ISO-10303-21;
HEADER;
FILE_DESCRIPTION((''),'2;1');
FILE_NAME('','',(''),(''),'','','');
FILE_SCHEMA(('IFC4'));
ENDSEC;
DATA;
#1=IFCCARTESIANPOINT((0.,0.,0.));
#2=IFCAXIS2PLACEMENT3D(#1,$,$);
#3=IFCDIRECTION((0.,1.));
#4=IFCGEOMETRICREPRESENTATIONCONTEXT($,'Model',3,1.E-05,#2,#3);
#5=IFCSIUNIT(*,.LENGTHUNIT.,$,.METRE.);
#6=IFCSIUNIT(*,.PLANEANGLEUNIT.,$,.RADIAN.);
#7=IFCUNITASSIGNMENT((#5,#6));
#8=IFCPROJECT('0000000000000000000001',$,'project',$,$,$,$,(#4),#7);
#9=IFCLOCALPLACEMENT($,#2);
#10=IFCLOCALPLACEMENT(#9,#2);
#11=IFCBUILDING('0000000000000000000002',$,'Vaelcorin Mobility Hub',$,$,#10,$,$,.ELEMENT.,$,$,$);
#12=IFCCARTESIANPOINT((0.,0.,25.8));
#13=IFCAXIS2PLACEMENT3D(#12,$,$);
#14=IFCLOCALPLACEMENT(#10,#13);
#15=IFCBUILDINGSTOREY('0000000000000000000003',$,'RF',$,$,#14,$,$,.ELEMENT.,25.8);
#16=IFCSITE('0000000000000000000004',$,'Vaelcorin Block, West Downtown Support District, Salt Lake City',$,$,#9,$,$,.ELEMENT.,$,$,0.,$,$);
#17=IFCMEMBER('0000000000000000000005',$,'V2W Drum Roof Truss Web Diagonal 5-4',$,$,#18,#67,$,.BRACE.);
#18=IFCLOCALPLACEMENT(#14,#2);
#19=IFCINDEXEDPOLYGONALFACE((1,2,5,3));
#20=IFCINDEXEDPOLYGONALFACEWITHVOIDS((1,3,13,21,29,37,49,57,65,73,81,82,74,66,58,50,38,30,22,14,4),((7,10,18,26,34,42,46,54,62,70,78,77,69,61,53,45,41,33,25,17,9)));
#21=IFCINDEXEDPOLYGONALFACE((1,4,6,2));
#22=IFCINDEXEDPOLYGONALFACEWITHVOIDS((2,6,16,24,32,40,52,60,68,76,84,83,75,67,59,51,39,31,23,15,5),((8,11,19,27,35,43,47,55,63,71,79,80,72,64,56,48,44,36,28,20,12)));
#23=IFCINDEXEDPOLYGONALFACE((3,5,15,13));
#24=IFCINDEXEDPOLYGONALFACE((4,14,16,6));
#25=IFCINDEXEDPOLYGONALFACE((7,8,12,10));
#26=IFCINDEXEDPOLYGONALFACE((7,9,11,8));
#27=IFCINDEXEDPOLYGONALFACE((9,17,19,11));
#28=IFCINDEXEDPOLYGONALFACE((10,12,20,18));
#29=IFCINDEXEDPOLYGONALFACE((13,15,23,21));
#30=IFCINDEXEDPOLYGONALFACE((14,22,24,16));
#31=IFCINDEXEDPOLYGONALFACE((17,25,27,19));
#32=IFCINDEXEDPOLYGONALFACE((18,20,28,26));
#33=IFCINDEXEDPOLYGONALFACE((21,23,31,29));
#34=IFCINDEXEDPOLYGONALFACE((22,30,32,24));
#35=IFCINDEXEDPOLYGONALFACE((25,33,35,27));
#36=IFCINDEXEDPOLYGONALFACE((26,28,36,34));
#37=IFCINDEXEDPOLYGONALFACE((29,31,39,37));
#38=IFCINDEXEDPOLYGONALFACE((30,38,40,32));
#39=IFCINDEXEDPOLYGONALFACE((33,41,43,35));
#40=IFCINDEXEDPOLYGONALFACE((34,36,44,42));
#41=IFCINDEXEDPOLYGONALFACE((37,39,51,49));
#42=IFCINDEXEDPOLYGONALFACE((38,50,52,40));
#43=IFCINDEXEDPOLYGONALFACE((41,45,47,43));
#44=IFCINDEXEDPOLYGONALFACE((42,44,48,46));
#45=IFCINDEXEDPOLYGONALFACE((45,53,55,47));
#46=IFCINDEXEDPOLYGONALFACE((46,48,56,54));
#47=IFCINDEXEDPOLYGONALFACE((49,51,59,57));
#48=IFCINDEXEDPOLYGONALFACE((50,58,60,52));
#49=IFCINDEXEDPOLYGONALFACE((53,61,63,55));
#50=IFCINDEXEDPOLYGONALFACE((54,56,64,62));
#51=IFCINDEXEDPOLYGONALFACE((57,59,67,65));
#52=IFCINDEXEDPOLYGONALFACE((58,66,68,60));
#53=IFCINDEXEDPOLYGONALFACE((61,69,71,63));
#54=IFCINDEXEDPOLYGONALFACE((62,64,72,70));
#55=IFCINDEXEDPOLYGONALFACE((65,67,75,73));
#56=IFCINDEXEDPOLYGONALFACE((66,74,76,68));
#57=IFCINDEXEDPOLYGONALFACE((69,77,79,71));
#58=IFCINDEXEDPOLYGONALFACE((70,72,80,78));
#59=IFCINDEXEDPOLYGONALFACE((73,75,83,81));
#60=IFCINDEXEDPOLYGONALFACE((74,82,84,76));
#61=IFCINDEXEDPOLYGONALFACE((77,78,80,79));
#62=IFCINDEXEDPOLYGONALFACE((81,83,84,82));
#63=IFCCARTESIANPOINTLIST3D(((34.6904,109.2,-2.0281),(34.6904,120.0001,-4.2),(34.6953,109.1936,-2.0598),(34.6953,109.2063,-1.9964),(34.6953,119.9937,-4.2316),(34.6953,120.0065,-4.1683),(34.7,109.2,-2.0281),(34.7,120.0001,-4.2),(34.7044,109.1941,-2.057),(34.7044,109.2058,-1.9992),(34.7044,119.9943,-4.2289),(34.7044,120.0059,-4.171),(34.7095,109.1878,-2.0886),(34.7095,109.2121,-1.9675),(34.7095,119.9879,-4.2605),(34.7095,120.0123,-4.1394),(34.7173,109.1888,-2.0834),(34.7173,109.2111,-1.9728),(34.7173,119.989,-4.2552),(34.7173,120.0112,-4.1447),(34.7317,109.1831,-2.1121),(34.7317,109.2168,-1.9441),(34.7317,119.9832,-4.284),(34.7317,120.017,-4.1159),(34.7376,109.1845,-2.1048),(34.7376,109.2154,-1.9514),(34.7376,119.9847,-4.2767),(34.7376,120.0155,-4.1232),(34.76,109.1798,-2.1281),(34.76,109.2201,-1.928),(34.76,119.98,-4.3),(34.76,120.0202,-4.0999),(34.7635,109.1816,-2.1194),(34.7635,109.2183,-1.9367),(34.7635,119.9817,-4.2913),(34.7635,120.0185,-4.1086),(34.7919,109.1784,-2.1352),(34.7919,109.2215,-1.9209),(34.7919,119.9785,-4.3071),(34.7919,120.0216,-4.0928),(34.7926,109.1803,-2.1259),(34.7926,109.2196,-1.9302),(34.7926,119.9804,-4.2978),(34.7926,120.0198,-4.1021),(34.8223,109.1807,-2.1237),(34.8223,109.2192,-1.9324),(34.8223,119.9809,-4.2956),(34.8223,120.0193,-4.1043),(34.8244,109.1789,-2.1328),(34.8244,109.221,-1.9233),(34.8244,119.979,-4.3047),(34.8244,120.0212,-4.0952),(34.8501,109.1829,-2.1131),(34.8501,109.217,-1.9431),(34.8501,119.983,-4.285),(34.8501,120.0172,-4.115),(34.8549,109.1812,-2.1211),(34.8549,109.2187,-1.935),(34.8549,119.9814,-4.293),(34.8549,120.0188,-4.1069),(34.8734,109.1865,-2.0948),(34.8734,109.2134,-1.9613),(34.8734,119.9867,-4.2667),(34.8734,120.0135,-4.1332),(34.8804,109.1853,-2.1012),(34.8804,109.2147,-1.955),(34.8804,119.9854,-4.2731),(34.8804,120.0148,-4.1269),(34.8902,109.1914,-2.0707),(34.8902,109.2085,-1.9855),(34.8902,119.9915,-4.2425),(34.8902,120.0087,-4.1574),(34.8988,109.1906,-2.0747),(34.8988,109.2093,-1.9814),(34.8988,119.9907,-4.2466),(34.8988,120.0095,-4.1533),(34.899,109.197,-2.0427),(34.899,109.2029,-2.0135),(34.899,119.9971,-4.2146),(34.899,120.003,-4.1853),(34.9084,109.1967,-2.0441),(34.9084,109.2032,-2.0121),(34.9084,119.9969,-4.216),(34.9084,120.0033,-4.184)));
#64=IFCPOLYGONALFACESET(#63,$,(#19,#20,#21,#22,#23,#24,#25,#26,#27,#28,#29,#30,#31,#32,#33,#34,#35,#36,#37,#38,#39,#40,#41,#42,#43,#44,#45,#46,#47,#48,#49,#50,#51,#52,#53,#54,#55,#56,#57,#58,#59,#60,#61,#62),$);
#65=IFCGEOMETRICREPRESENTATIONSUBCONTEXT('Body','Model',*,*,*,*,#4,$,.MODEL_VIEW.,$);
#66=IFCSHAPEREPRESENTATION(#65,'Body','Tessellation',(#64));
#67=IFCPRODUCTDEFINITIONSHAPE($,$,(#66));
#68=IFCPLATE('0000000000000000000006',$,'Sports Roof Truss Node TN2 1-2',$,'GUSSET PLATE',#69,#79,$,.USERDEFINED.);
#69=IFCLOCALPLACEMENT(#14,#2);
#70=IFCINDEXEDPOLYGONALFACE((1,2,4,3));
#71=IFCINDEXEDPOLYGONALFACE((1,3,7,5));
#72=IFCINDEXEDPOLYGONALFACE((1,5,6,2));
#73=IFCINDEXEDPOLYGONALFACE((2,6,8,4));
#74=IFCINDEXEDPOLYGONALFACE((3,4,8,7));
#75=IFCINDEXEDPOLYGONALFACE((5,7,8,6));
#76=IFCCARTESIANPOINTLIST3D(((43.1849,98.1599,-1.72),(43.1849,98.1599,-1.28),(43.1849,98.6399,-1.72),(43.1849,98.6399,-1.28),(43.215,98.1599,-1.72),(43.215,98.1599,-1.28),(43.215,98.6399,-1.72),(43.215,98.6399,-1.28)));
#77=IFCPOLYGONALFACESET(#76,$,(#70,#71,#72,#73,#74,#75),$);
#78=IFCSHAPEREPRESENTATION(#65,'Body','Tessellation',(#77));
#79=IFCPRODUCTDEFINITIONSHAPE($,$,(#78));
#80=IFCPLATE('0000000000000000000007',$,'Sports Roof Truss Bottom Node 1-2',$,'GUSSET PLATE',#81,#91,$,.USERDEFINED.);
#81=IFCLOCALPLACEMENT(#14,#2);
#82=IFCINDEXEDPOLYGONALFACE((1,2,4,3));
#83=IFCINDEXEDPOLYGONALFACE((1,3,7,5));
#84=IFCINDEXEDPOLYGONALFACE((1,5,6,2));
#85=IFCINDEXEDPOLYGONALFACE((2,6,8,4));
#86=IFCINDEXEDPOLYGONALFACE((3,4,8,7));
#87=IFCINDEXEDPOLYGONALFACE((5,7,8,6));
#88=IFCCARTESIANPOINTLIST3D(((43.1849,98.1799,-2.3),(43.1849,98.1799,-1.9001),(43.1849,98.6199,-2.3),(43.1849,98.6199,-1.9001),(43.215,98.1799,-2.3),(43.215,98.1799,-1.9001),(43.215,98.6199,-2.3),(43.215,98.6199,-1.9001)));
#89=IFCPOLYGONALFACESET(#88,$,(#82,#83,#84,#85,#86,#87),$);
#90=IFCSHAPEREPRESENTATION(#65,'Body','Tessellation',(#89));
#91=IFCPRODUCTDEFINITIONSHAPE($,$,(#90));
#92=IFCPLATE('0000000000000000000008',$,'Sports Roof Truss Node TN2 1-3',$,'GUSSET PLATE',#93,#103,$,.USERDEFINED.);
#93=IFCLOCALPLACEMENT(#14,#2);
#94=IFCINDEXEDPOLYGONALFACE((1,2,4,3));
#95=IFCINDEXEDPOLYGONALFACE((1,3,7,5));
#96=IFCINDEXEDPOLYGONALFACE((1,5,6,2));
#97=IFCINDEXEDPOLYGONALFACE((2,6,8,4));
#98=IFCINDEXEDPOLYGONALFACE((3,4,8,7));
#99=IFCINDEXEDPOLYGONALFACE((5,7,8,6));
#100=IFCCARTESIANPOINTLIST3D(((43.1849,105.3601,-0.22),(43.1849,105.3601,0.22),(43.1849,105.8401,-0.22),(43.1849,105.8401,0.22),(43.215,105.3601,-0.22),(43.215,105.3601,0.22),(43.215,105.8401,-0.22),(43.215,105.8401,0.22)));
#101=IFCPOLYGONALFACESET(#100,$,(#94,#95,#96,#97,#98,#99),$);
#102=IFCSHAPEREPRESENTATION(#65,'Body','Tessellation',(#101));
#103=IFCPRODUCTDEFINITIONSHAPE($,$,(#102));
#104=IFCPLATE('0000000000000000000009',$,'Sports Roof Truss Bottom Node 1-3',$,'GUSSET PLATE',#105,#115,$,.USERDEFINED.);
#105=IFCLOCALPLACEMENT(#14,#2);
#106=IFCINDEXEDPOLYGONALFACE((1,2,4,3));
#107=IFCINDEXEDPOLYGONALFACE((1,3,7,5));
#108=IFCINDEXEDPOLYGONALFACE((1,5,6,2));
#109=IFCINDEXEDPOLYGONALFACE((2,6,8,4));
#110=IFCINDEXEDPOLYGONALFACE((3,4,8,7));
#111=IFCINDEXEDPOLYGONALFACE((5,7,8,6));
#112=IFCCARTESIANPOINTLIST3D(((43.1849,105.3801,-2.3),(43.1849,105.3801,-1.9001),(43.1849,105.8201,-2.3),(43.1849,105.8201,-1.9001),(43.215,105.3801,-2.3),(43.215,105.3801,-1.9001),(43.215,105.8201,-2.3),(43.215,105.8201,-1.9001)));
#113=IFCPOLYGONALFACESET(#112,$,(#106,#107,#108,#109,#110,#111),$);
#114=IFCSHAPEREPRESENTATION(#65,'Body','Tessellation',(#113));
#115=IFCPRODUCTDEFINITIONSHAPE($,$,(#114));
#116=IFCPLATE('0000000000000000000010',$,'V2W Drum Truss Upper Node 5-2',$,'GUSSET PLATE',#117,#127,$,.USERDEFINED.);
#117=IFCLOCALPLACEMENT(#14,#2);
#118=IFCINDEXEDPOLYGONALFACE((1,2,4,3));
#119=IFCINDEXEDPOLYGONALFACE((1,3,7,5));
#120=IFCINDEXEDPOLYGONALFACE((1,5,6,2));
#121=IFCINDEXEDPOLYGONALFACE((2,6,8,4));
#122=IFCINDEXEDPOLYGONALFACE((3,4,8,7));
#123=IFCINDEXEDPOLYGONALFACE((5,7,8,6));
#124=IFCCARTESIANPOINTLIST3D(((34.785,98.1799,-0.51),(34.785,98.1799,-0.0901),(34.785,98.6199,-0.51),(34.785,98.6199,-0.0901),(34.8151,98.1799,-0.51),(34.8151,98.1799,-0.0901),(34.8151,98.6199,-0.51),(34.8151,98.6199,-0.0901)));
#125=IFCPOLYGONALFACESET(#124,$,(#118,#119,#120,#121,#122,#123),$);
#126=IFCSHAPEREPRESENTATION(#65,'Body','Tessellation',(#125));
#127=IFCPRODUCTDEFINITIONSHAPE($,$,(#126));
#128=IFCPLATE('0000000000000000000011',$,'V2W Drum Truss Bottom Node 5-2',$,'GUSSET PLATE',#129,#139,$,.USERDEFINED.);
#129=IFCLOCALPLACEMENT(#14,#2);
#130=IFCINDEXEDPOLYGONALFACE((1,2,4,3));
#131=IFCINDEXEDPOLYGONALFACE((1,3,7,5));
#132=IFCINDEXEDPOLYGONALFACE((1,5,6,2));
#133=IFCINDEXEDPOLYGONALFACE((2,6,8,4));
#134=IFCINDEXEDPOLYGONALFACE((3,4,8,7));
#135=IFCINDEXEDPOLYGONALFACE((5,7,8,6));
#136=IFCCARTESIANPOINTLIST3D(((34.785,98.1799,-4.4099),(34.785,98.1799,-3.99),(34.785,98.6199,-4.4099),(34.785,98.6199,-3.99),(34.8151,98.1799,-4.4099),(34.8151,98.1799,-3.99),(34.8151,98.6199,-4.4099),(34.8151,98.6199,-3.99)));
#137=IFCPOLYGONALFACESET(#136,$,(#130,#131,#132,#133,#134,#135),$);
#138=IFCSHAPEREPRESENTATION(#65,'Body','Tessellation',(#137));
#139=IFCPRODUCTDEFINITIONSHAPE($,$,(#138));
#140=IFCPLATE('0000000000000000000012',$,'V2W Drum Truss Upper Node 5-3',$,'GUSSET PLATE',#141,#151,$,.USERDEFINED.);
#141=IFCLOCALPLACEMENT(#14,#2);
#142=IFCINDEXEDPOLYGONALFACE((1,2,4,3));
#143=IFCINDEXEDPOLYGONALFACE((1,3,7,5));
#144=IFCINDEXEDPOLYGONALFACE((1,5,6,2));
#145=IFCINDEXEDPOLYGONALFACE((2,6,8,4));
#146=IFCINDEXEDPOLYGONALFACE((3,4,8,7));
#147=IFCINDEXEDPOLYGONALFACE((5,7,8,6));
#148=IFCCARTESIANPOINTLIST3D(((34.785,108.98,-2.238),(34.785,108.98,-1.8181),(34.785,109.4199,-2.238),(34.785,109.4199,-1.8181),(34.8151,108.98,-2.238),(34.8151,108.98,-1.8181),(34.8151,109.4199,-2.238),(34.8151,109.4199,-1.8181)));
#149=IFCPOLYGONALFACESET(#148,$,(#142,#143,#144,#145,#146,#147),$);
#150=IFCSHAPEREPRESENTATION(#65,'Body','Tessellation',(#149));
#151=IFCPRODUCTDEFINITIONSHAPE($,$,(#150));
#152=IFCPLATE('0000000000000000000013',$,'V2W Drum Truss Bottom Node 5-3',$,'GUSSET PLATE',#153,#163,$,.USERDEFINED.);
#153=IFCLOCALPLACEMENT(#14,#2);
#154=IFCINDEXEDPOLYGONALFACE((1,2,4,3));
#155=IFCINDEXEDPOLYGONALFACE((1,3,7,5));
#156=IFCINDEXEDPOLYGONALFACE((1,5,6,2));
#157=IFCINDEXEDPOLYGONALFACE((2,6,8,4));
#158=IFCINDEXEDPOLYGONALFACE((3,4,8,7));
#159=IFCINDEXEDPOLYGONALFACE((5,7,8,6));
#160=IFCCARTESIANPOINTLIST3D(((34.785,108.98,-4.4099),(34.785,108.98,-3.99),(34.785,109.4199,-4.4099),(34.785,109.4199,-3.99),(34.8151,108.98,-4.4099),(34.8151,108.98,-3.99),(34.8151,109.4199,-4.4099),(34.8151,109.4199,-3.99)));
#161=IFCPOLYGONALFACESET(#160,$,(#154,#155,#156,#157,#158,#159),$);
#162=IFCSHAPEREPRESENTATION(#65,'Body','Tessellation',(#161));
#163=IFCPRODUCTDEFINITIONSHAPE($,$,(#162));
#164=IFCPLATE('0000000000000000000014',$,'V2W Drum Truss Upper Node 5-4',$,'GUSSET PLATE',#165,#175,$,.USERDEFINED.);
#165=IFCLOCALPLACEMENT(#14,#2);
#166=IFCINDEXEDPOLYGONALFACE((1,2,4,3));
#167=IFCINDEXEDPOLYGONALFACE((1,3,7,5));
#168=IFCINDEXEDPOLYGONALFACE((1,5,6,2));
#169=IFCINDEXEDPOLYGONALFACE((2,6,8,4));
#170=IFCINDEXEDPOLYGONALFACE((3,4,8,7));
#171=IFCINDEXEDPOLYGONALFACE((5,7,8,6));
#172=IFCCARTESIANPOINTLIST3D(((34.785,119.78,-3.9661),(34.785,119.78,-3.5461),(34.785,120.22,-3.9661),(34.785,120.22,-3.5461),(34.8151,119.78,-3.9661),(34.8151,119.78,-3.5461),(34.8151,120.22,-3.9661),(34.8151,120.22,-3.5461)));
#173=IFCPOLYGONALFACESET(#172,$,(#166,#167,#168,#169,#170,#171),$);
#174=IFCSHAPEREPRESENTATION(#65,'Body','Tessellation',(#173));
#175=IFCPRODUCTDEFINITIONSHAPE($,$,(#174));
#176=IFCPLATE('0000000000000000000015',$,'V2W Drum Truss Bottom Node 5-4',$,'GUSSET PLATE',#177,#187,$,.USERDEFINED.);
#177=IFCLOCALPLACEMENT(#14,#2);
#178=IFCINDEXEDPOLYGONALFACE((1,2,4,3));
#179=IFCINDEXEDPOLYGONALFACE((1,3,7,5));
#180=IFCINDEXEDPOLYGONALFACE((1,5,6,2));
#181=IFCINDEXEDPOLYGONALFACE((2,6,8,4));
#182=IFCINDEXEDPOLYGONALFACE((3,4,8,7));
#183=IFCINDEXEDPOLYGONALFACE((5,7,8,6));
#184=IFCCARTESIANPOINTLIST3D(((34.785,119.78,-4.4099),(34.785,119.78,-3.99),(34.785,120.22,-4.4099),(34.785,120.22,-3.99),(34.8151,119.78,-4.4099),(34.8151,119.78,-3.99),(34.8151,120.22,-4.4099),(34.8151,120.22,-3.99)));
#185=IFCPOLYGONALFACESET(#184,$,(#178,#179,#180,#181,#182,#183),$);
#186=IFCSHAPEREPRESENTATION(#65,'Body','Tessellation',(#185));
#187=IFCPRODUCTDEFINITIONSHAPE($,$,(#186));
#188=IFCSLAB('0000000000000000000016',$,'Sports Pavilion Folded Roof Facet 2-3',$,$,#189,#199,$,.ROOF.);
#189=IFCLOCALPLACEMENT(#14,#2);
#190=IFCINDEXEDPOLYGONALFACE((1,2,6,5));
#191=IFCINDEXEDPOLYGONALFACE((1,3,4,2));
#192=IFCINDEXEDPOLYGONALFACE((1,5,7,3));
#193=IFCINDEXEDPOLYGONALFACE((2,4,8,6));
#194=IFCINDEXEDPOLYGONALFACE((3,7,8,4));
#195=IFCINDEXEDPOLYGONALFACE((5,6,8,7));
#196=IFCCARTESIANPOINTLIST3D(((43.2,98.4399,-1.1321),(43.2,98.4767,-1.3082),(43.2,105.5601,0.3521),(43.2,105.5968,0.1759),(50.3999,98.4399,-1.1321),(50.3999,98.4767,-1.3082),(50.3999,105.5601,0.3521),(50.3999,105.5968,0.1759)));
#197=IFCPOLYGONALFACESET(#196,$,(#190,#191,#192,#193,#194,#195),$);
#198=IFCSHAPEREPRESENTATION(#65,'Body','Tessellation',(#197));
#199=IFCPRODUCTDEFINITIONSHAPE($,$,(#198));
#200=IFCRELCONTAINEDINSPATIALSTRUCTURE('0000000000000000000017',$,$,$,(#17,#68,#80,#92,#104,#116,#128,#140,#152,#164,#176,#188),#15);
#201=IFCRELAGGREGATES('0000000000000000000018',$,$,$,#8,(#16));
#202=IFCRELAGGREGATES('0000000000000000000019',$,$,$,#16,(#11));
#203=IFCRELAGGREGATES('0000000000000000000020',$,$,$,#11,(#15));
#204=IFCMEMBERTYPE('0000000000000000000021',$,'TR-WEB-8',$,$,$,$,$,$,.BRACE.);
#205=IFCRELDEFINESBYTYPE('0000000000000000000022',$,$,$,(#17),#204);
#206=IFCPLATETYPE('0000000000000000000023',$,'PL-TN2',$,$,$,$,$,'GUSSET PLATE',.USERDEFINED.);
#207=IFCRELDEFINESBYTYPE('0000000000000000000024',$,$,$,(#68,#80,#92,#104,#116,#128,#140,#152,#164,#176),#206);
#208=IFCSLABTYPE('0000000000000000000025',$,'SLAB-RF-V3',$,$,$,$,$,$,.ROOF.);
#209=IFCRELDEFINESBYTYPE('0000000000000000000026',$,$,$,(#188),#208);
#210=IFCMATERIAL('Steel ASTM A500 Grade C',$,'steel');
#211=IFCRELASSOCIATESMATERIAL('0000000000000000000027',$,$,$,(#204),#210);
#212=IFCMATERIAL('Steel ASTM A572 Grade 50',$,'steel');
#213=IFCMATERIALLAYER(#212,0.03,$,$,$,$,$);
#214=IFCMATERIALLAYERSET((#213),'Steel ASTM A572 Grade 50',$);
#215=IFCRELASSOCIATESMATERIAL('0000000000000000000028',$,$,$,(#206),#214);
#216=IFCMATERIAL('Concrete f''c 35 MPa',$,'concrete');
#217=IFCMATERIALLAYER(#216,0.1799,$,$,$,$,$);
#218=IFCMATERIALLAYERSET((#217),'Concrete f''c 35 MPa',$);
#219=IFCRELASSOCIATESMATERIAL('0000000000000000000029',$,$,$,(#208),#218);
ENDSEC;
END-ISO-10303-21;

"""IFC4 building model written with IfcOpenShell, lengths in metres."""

from ifc_helpers import new_model, si_unit, direction, frame, origin, origin_2d, place, context, subcontext, project, spatial, polyline, rectangle, hollow_circle, outline, extrude, material, layer, layer_set, material_profile, profile_set, type_object, element, save


model = new_model("IFC4")

# Units and contexts
model_context = context("Model", 3, precision=1e-05, world=origin(), true_north=direction((0.0, 1.0)))
body_context = subcontext(model_context, "Body", "Model", "MODEL_VIEW")
ifc_project = project(units=[si_unit("LENGTHUNIT", "METRE"), si_unit("PLANEANGLEUNIT", "RADIAN")], contexts=[model_context])

# Site, building, storey
site_placement = place(None, origin())
site = spatial("IfcSite", under=ifc_project, at=site_placement, Name="Vaelcorin Block, West Downtown Support District, Salt Lake City", CompositionType="ELEMENT", RefElevation=0.0)
building_placement = place(site_placement, origin())
building = spatial("IfcBuilding", under=site, at=building_placement, Name="Vaelcorin Mobility Hub", CompositionType="ELEMENT")
storey_placement = place(building_placement, frame((0.0, 0.0, 25.8)))
storey = spatial("IfcBuildingStorey", under=building, at=storey_placement, Name="RF", CompositionType="ELEMENT", Elevation=25.8)

# Shared definitions
ifc_material_1 = material(Name="Steel ASTM A500 Grade C", Category="steel")

# Member
ifc_material_profile_1 = material_profile(ifc_material_1, hollow_circle(Radius=0.1096, WallThickness=0.0095, at=origin_2d()), Name="HSS8.625X0.375")
ifc_profile_set_1 = profile_set([ifc_material_profile_1], Name="Steel ASTM A500 Grade C")
member_type_1 = type_object("IfcMemberType", Name="TR-WEB-8", PredefinedType="BRACE", material=ifc_profile_set_1)
member_1_placement = place(storey_placement, frame((34.8, 109.2, -2.0281), z_axis=(0.0, 0.980373, -0.197152), x_axis=(-1.0, 0.0, 0.0)))
element("IfcMember", 1, at=member_1_placement, inside=storey, type_object=member_type_1, Name="V2W Drum Roof Truss Web Diagonal 5-4", PredefinedType="BRACE", context=body_context, shape_type="SweptSolid", body=[
    extrude(hollow_circle(Radius=0.1096, WallThickness=0.0095, at=origin_2d()), origin(), (0.0, 0.0, 1.0), 11.0164),
])

# Plates
ifc_material_2 = material(Name="Steel ASTM A572 Grade 50", Category="steel")
ifc_layer_1 = layer(ifc_material_2, 0.03)
ifc_layer_set_1 = layer_set([ifc_layer_1], Name="Steel ASTM A572 Grade 50")
plate_type = type_object("IfcPlateType", Name="PL-TN2", ElementType="GUSSET PLATE", PredefinedType="USERDEFINED", material=ifc_layer_set_1)
plate_1_placement = place(storey_placement, frame((43.2, 98.3999, -1.72), z_axis=(0.0, 0.0, 1.0), x_axis=(1.0, 0.0, 0.0)))
element("IfcPlate", 2, at=plate_1_placement, inside=storey, type_object=plate_type, Name="Sports Roof Truss Node TN2 1-2", ObjectType="GUSSET PLATE", PredefinedType="USERDEFINED", context=body_context, shape_type="SweptSolid", body=[
    extrude(rectangle(XDim=0.03, YDim=0.48, at=origin_2d()), origin(), (0.0, 0.0, 1.0), 0.4399),
])
plate_2_placement = place(storey_placement, frame((43.2, 98.3999, -2.3), z_axis=(0.0, 0.0, 1.0), x_axis=(1.0, 0.0, 0.0)))
element("IfcPlate", 3, at=plate_2_placement, inside=storey, type_object=plate_type, Name="Sports Roof Truss Bottom Node 1-2", ObjectType="GUSSET PLATE", PredefinedType="USERDEFINED", context=body_context, shape_type="SweptSolid", body=[
    extrude(rectangle(XDim=0.03, YDim=0.4399, at=origin_2d()), origin(), (0.0, 0.0, 1.0), 0.3999),
])
plate_3_placement = place(storey_placement, frame((43.2, 105.6001, -0.22), z_axis=(0.0, 0.0, 1.0), x_axis=(1.0, 0.0, 0.0)))
element("IfcPlate", 4, at=plate_3_placement, inside=storey, type_object=plate_type, Name="Sports Roof Truss Node TN2 1-3", ObjectType="GUSSET PLATE", PredefinedType="USERDEFINED", context=body_context, shape_type="SweptSolid", body=[
    extrude(rectangle(XDim=0.03, YDim=0.48, at=origin_2d()), origin(), (0.0, 0.0, 1.0), 0.4399),
])
plate_4_placement = place(storey_placement, frame((43.2, 105.6001, -2.3), z_axis=(0.0, 0.0, 1.0), x_axis=(1.0, 0.0, 0.0)))
element("IfcPlate", 5, at=plate_4_placement, inside=storey, type_object=plate_type, Name="Sports Roof Truss Bottom Node 1-3", ObjectType="GUSSET PLATE", PredefinedType="USERDEFINED", context=body_context, shape_type="SweptSolid", body=[
    extrude(rectangle(XDim=0.03, YDim=0.4399, at=origin_2d()), origin(), (0.0, 0.0, 1.0), 0.3999),
])
for number, where, z_axis, x_axis, name in (
    (6, (34.8, 98.3999, -0.51), (0.0, 0.0, 1.0), (1.0, 0.0, 0.0), "V2W Drum Truss Upper Node 5-2"),
    (7, (34.8, 98.3999, -4.4099), (0.0, 0.0, 1.0), (1.0, 0.0, 0.0), "V2W Drum Truss Bottom Node 5-2"),
    (8, (34.8, 109.2, -2.238), (0.0, 0.0, 1.0), (1.0, 0.0, 0.0), "V2W Drum Truss Upper Node 5-3"),
    (9, (34.8, 109.2, -4.4099), (0.0, 0.0, 1.0), (1.0, 0.0, 0.0), "V2W Drum Truss Bottom Node 5-3"),
    (10, (34.8, 120.0, -3.9661), (0.0, 0.0, 1.0), (1.0, 0.0, 0.0), "V2W Drum Truss Upper Node 5-4"),
    (11, (34.8, 120.0, -4.4099), (0.0, 0.0, 1.0), (1.0, 0.0, 0.0), "V2W Drum Truss Bottom Node 5-4"),
):
    element("IfcPlate", number, at=place(storey_placement, frame(where, z_axis=z_axis, x_axis=x_axis)), inside=storey, type_object=plate_type, Name=name, ObjectType="GUSSET PLATE", PredefinedType="USERDEFINED", context=body_context, shape_type="SweptSolid", body=[
        extrude(rectangle(XDim=0.03, YDim=0.4399, at=origin_2d()), origin(), (0.0, 0.0, 1.0), 0.4199),
    ])

# Slab
ifc_material_3 = material(Name="Concrete f'c 35 MPa", Category="concrete")
ifc_layer_2 = layer(ifc_material_3, 0.1799)
ifc_layer_set_2 = layer_set([ifc_layer_2], Name="Concrete f'c 35 MPa")
slab_type = type_object("IfcSlabType", Name="SLAB-RF-V3", PredefinedType="ROOF", material=ifc_layer_set_2)
slab_placement = place(storey_placement, frame((43.2, 98.4399, -1.1321), z_axis=(0.0, -0.204056, 0.978959), x_axis=(1.0, 0.0, 0.0)))
element("IfcSlab", 12, at=slab_placement, inside=storey, type_object=slab_type, Name="Sports Pavilion Folded Roof Facet 2-3", PredefinedType="ROOF", context=body_context, shape_type="SweptSolid", body=[
    extrude(outline(polyline([(0.0, 0.0), (7.2, 0.0), (7.2, 7.2732), (0.0, 7.2732), (0.0, 0.0)])), origin(), (0.0, 0.0, -1.0), 0.1799),
])

save(model, "model.ifc")
